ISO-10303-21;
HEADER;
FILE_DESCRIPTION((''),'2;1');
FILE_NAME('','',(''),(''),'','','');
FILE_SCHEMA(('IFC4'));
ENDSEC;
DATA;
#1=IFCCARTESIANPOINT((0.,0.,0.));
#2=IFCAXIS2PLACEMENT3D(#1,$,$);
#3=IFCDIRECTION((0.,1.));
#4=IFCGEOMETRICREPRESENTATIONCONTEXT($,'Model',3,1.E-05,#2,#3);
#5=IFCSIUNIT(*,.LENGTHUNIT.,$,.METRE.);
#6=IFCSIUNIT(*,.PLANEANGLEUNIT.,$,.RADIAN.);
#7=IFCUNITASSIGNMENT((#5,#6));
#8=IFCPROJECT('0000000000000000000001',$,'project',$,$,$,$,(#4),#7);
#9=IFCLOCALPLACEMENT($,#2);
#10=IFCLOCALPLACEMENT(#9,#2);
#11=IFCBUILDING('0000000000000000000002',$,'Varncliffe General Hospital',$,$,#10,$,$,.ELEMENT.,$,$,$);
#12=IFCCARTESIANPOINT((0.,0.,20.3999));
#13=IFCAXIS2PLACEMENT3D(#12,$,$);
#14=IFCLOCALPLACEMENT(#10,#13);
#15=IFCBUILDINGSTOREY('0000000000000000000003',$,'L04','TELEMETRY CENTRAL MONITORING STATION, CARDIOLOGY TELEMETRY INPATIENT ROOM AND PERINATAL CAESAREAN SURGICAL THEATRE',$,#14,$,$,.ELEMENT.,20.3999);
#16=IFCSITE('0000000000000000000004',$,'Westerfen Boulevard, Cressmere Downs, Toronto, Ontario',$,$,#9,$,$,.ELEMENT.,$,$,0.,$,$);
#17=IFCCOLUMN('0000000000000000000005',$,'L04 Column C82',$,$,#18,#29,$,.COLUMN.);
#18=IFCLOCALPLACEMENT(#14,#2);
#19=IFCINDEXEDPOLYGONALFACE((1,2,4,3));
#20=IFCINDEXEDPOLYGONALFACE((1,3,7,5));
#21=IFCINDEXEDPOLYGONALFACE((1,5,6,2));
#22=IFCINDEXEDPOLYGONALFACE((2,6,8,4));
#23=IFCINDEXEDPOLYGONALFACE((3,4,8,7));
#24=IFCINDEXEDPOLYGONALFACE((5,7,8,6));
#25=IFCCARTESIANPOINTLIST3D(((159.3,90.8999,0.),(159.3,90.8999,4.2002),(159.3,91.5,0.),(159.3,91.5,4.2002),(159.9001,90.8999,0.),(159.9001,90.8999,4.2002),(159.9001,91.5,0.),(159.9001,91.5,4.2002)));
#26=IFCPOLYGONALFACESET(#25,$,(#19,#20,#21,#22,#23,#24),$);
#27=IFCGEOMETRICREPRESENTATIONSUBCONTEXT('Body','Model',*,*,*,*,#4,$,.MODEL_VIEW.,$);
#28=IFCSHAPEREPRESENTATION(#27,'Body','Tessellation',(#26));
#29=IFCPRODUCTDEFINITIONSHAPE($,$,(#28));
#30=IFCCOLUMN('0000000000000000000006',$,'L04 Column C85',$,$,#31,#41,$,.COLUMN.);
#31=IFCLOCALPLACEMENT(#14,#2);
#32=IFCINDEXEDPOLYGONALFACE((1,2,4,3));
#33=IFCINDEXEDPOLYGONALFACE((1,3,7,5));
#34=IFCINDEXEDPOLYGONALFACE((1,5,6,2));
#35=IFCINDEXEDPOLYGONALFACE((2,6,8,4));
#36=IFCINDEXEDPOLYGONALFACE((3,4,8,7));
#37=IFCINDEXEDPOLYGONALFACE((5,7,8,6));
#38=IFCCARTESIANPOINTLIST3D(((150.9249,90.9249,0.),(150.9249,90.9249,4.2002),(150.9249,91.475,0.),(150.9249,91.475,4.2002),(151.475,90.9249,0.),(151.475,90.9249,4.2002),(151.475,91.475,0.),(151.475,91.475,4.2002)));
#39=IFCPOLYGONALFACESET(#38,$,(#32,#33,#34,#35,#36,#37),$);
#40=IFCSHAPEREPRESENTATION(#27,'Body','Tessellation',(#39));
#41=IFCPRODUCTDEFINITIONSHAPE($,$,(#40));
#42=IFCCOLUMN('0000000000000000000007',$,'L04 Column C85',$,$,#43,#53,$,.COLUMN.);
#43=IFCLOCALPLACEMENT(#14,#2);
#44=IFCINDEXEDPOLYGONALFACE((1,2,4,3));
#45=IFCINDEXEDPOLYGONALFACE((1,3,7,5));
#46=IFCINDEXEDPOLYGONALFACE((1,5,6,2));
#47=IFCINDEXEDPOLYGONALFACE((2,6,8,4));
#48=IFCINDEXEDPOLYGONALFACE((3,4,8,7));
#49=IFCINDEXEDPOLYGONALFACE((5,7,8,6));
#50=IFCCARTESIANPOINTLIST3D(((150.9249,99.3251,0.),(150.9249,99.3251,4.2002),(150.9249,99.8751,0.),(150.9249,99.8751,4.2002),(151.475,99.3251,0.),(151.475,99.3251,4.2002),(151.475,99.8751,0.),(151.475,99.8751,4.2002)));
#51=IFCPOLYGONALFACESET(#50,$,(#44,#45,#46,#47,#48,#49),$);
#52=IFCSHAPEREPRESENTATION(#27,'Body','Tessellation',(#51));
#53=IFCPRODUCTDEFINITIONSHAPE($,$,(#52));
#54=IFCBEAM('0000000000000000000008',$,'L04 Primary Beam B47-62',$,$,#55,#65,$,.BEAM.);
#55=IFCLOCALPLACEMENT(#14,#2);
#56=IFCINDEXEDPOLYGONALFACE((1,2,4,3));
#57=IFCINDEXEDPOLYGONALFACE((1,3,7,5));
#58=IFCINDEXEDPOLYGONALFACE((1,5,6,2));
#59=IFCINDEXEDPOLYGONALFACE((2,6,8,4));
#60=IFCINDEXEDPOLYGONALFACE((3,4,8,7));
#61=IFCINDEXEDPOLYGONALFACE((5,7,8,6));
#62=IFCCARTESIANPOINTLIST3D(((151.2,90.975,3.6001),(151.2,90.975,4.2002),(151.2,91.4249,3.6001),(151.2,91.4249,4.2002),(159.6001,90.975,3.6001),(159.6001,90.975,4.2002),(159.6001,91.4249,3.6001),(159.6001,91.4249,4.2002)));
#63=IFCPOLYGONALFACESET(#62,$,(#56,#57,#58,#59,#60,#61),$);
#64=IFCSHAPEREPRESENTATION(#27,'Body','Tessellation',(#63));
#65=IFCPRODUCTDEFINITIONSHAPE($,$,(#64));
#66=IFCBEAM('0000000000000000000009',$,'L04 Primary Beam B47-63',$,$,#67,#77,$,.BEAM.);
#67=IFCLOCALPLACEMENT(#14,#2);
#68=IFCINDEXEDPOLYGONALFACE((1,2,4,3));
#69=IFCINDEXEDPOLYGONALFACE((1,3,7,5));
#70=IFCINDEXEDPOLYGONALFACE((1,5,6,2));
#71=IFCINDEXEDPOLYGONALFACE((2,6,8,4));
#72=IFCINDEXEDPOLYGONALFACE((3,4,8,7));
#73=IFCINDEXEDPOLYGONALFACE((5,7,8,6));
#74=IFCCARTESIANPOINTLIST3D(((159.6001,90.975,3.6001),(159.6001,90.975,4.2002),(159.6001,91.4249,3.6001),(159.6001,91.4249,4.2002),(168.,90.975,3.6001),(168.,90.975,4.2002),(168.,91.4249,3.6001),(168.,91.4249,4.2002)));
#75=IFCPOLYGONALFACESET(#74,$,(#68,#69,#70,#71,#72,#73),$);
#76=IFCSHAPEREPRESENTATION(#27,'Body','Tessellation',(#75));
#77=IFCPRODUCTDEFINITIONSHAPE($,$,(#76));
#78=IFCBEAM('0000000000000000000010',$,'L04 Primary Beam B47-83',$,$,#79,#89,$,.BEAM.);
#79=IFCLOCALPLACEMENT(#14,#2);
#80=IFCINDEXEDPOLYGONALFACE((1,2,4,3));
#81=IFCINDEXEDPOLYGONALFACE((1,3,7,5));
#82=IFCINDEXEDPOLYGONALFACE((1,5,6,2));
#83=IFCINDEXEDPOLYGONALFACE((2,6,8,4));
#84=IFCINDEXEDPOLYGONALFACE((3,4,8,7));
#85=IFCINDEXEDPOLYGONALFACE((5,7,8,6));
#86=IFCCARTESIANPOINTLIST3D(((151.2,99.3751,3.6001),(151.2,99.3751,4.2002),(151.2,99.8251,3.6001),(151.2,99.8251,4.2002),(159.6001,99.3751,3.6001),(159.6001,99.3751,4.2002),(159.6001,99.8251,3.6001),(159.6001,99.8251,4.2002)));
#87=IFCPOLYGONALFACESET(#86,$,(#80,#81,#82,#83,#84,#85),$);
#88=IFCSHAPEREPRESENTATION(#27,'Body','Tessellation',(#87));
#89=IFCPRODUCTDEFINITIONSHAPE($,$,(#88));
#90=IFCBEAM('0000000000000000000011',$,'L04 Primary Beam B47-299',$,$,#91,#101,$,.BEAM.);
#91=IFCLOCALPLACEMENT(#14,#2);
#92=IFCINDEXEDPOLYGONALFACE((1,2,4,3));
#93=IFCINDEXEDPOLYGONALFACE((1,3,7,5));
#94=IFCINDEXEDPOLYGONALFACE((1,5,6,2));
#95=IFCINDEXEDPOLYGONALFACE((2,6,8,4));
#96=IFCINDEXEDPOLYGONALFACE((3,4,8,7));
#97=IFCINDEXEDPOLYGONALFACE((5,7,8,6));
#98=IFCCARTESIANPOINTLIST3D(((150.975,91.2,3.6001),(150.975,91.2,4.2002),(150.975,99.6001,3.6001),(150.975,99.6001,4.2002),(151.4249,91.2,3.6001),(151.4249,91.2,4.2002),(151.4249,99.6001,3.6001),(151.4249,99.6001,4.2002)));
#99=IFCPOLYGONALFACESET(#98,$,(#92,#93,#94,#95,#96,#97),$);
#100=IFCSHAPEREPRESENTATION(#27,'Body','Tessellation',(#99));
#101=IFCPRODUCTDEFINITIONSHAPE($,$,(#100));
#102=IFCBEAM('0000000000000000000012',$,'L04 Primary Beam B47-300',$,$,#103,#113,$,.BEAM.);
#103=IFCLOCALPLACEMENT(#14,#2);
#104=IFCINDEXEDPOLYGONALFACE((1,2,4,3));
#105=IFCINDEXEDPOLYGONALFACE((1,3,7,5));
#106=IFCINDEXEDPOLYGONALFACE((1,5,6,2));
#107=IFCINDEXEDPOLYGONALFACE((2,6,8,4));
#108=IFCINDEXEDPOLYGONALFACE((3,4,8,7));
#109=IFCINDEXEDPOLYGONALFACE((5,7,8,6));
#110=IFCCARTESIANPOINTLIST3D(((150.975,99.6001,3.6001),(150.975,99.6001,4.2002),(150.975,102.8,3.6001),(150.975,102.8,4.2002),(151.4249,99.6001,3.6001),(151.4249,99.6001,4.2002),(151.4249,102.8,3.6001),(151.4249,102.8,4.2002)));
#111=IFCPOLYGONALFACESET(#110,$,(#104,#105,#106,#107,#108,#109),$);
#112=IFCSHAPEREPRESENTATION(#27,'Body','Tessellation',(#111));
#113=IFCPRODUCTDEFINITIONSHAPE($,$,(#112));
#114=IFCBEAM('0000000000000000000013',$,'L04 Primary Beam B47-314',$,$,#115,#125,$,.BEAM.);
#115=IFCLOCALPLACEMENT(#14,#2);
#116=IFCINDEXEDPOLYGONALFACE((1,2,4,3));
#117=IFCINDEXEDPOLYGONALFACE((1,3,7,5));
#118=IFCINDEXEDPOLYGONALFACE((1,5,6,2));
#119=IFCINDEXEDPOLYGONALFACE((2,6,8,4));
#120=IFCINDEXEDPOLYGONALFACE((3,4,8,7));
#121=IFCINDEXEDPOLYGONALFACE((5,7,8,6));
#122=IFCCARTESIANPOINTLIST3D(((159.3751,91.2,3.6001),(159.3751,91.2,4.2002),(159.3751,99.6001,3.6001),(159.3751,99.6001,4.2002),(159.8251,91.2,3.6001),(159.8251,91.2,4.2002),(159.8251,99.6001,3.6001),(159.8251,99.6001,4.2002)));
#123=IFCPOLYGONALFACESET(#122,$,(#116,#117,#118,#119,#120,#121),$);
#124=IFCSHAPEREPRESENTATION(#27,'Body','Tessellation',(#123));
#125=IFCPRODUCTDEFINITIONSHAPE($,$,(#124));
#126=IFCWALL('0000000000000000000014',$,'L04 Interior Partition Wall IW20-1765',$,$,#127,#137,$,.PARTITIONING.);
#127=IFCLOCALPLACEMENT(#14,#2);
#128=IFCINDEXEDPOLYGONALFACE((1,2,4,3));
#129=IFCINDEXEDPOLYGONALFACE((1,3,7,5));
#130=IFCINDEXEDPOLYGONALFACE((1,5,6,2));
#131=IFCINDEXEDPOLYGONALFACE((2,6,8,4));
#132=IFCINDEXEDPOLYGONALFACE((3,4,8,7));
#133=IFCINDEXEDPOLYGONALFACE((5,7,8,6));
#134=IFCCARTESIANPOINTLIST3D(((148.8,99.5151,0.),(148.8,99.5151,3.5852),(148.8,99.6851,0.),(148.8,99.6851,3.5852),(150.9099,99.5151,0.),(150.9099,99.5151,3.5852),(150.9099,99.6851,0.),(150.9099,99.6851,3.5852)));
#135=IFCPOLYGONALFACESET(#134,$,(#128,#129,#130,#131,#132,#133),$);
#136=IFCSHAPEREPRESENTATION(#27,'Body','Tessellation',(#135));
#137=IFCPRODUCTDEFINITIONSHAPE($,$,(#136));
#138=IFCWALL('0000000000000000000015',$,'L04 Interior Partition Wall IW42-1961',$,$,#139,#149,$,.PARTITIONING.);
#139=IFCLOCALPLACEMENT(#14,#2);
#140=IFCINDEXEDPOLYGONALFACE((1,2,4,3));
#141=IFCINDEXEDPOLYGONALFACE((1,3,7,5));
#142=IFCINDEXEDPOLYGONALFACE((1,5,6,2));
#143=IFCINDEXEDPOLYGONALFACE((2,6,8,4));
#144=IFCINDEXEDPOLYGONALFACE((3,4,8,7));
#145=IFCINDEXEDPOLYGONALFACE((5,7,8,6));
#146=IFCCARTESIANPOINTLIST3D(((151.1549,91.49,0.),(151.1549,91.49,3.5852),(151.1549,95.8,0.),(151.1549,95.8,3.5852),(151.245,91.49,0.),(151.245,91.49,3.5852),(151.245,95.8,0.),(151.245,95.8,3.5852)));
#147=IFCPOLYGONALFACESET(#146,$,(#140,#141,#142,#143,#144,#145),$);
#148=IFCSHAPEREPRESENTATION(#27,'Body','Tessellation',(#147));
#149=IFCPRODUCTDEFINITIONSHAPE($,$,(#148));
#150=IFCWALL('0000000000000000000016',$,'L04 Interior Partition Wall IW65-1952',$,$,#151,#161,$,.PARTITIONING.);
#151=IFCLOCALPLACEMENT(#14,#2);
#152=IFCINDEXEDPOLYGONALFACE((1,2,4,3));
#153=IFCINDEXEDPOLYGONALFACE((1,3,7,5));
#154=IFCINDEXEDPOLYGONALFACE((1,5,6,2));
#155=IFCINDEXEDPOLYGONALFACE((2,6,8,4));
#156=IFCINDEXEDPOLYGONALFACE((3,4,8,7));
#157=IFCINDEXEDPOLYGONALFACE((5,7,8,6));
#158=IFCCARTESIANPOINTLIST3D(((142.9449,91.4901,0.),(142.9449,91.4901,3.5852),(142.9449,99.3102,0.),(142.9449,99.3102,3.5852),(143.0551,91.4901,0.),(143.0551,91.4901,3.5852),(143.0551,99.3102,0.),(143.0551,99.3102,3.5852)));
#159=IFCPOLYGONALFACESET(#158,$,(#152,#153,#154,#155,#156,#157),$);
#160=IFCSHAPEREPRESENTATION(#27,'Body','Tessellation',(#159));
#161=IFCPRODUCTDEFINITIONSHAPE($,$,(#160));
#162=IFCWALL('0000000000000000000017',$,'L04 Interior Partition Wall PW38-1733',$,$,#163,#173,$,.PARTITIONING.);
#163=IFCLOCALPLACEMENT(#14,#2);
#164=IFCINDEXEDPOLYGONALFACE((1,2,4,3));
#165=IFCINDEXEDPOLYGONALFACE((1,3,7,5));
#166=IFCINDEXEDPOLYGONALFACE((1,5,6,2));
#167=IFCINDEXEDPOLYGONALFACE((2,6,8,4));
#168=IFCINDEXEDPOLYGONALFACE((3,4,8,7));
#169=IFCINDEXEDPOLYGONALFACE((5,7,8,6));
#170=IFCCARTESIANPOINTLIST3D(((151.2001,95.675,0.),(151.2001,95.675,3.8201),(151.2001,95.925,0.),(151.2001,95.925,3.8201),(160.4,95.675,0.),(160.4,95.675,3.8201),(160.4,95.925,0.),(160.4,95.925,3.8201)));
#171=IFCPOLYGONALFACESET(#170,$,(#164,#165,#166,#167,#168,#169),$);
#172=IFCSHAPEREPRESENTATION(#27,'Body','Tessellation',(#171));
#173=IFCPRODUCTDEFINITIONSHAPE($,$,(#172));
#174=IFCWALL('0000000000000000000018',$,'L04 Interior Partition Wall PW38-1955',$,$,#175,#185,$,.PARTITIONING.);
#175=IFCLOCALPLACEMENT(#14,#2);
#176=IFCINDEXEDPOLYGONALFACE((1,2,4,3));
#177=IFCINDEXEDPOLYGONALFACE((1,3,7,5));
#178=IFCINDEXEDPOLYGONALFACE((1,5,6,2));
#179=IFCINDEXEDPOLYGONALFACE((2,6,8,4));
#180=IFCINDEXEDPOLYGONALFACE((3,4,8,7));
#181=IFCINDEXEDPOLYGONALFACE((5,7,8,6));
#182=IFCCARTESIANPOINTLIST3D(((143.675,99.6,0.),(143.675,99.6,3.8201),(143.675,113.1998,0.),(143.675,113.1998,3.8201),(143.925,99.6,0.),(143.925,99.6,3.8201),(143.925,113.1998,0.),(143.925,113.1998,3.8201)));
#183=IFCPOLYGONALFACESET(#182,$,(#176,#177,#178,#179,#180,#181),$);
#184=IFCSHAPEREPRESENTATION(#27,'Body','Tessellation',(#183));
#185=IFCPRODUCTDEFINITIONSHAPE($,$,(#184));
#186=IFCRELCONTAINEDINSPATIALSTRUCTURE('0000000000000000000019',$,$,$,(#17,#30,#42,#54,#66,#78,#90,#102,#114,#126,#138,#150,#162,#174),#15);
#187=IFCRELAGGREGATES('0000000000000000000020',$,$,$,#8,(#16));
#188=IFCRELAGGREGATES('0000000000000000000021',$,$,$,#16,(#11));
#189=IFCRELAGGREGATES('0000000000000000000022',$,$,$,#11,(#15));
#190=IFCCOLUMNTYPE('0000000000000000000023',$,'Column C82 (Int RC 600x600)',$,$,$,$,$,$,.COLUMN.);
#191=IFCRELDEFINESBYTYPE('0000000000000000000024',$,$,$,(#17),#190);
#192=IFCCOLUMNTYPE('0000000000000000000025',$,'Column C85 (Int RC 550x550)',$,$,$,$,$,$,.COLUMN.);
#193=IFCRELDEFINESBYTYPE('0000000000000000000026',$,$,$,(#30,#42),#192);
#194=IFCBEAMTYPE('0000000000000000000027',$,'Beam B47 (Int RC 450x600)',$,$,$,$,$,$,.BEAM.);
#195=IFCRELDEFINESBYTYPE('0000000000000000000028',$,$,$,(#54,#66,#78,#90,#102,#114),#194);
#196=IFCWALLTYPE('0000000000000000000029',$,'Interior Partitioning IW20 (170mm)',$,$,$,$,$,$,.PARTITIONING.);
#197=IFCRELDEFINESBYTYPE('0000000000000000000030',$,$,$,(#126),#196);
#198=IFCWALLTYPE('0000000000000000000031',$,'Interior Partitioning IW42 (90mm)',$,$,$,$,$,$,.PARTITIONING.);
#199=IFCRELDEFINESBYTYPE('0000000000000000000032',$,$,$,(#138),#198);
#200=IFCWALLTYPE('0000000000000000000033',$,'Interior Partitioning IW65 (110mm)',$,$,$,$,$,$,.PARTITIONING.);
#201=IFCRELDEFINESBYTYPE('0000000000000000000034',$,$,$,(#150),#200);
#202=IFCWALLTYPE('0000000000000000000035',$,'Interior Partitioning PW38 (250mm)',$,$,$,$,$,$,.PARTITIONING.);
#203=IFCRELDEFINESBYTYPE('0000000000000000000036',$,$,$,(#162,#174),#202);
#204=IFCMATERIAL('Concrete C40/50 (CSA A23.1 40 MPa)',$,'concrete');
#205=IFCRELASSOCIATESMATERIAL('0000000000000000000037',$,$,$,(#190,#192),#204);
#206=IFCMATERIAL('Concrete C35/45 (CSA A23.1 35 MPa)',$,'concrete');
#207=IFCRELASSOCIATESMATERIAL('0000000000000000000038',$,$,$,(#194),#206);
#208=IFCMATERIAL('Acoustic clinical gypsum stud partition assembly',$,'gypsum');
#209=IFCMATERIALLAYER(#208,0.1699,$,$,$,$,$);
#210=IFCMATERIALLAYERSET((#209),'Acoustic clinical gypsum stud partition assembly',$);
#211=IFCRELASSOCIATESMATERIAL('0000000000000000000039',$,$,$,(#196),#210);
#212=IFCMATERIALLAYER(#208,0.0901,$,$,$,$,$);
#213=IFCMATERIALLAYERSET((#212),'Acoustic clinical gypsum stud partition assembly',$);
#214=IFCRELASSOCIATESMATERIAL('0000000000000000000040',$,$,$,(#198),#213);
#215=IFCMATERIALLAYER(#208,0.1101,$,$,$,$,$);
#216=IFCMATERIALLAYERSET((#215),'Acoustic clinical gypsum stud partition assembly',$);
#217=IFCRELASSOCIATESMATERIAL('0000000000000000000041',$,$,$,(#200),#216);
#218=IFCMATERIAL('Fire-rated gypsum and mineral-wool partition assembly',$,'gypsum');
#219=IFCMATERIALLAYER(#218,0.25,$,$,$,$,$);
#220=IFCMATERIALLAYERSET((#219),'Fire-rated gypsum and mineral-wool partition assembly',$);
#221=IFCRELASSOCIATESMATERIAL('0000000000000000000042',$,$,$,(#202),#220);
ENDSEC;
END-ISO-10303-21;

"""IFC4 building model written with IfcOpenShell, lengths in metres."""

from ifc_helpers import new_model, si_unit, direction, frame, frame_2d, origin, origin_2d, place, context, subcontext, project, spatial, rectangle, extrude, material, layer, layer_set, material_profile, profile_set, type_object, element, save


model = new_model("IFC4")

# Units and contexts
model_context = context("Model", 3, precision=1e-05, world=origin(), true_north=direction((0.0, 1.0)))
body_context = subcontext(model_context, "Body", "Model", "MODEL_VIEW")
ifc_project = project(units=[si_unit("LENGTHUNIT", "METRE"), si_unit("PLANEANGLEUNIT", "RADIAN")], contexts=[model_context])

# Site, building, storey
site_placement = place(None, origin())
site = spatial("IfcSite", under=ifc_project, at=site_placement, Name="Westerfen Boulevard, Cressmere Downs, Toronto, Ontario", CompositionType="ELEMENT", RefElevation=0.0)
building_placement = place(site_placement, origin())
building = spatial("IfcBuilding", under=site, at=building_placement, Name="Varncliffe General Hospital", CompositionType="ELEMENT")
storey_placement = place(building_placement, frame((0.0, 0.0, 20.3999)))
storey = spatial("IfcBuildingStorey", under=building, at=storey_placement, Name="L04", Description="TELEMETRY CENTRAL MONITORING STATION, CARDIOLOGY TELEMETRY INPATIENT ROOM AND PERINATAL CAESAREAN SURGICAL THEATRE", CompositionType="ELEMENT", Elevation=20.3999)

# Columns
ifc_material_1 = material(Name="Concrete C40/50 (CSA A23.1 40 MPa)", Category="concrete")
ifc_material_profile_1 = material_profile(ifc_material_1, rectangle(XDim=0.6001, YDim=0.6001, at=origin_2d()), Name="RC 600x600")
ifc_profile_set_1 = profile_set([ifc_material_profile_1], Name="Concrete C40/50 (CSA A23.1 40 MPa)")
column_type_1 = type_object("IfcColumnType", Name="Column C82 (Int RC 600x600)", PredefinedType="COLUMN", material=ifc_profile_set_1)
column_placement = place(storey_placement, frame((159.6001, 91.2, 0.0), z_axis=(0.0, 0.0, 1.0), x_axis=(1.0, 0.0, 0.0)))
element("IfcColumn", 1, at=column_placement, inside=storey, type_object=column_type_1, Name="L04 Column C82", PredefinedType="COLUMN", context=body_context, shape_type="SweptSolid", body=[
    extrude(rectangle(XDim=0.6001, YDim=0.6001, at=origin_2d()), origin(), (0.0, 0.0, 1.0), 4.2002),
])
ifc_material_profile_2 = material_profile(ifc_material_1, rectangle(XDim=0.55, YDim=0.55, at=origin_2d()), Name="RC 550x550")
ifc_profile_set_2 = profile_set([ifc_material_profile_2], Name="Concrete C40/50 (CSA A23.1 40 MPa)")
column_type_2 = type_object("IfcColumnType", Name="Column C85 (Int RC 550x550)", PredefinedType="COLUMN", material=ifc_profile_set_2)
for number, where, z_axis, x_axis, name in (
    (2, (151.2, 91.2, 0.0), (0.0, 0.0, 1.0), (1.0, 0.0, 0.0), "L04 Column C85"),
    (3, (151.2, 99.6001, 0.0), (0.0, 0.0, 1.0), (1.0, 0.0, 0.0), "L04 Column C85"),
):
    element("IfcColumn", number, at=place(storey_placement, frame(where, z_axis=z_axis, x_axis=x_axis)), inside=storey, type_object=column_type_2, Name=name, PredefinedType="COLUMN", context=body_context, shape_type="SweptSolid", body=[
        extrude(rectangle(XDim=0.55, YDim=0.55, at=origin_2d()), origin(), (0.0, 0.0, 1.0), 4.2002),
    ])

# Beams
ifc_material_2 = material(Name="Concrete C35/45 (CSA A23.1 35 MPa)", Category="concrete")
ifc_material_profile_3 = material_profile(ifc_material_2, rectangle(XDim=0.45, YDim=0.6001, at=origin_2d()), Name="RC 450x600")
ifc_profile_set_3 = profile_set([ifc_material_profile_3], Name="Concrete C35/45 (CSA A23.1 35 MPa)")
beam_type = type_object("IfcBeamType", Name="Beam B47 (Int RC 450x600)", PredefinedType="BEAM", material=ifc_profile_set_3)
beam_1_placement = place(storey_placement, frame((151.2, 91.2, 3.9001), z_axis=(1.0, 0.0, 0.0), x_axis=(0.0, 1.0, 0.0)))
element("IfcBeam", 4, at=beam_1_placement, inside=storey, type_object=beam_type, Name="L04 Primary Beam B47-62", PredefinedType="BEAM", context=body_context, shape_type="SweptSolid", body=[
    extrude(rectangle(XDim=0.45, YDim=0.6001, at=origin_2d()), origin(), (0.0, 0.0, 1.0), 8.4001),
])
beam_2_placement = place(storey_placement, frame((159.6001, 91.2, 3.9001), z_axis=(1.0, 0.0, 0.0), x_axis=(0.0, 1.0, 0.0)))
element("IfcBeam", 5, at=beam_2_placement, inside=storey, type_object=beam_type, Name="L04 Primary Beam B47-63", PredefinedType="BEAM", context=body_context, shape_type="SweptSolid", body=[
    extrude(rectangle(XDim=0.45, YDim=0.6001, at=origin_2d()), origin(), (0.0, 0.0, 1.0), 8.3999),
])
for number, where, z_axis, x_axis, name in (
    (6, (151.2, 99.6001, 3.9001), (1.0, 0.0, 0.0), (0.0, 1.0, 0.0), "L04 Primary Beam B47-83"),
    (7, (151.2, 91.2, 3.9001), (0.0, 1.0, 0.0), (-1.0, 0.0, 0.0), "L04 Primary Beam B47-299"),
):
    element("IfcBeam", number, at=place(storey_placement, frame(where, z_axis=z_axis, x_axis=x_axis)), inside=storey, type_object=beam_type, Name=name, PredefinedType="BEAM", context=body_context, shape_type="SweptSolid", body=[
        extrude(rectangle(XDim=0.45, YDim=0.6001, at=origin_2d()), origin(), (0.0, 0.0, 1.0), 8.4001),
    ])
beam_3_placement = place(storey_placement, frame((151.2, 99.6001, 3.9001), z_axis=(0.0, 1.0, 0.0), x_axis=(-1.0, 0.0, 0.0)))
element("IfcBeam", 8, at=beam_3_placement, inside=storey, type_object=beam_type, Name="L04 Primary Beam B47-300", PredefinedType="BEAM", context=body_context, shape_type="SweptSolid", body=[
    extrude(rectangle(XDim=0.45, YDim=0.6001, at=origin_2d()), origin(), (0.0, 0.0, 1.0), 3.2),
])
beam_4_placement = place(storey_placement, frame((159.6001, 91.2, 3.9001), z_axis=(0.0, 1.0, 0.0), x_axis=(-1.0, 0.0, 0.0)))
element("IfcBeam", 9, at=beam_4_placement, inside=storey, type_object=beam_type, Name="L04 Primary Beam B47-314", PredefinedType="BEAM", context=body_context, shape_type="SweptSolid", body=[
    extrude(rectangle(XDim=0.45, YDim=0.6001, at=origin_2d()), origin(), (0.0, 0.0, 1.0), 8.4001),
])

# Walls
ifc_material_3 = material(Name="Acoustic clinical gypsum stud partition assembly", Category="gypsum")
ifc_layer_1 = layer(ifc_material_3, 0.1699)
ifc_layer_set_1 = layer_set([ifc_layer_1], Name="Acoustic clinical gypsum stud partition assembly")
wall_type_1 = type_object("IfcWallType", Name="Interior Partitioning IW20 (170mm)", PredefinedType="PARTITIONING", material=ifc_layer_set_1)
wall_1_placement = place(storey_placement, frame((148.8, 99.6001, 0.0), z_axis=(0.0, 0.0, 1.0), x_axis=(1.0, 0.0, 0.0)))
element("IfcWall", 10, at=wall_1_placement, inside=storey, type_object=wall_type_1, Name="L04 Interior Partition Wall IW20-1765", PredefinedType="PARTITIONING", context=body_context, shape_type="SweptSolid", body=[
    extrude(rectangle(XDim=2.1099, YDim=0.1699, at=frame_2d((1.0549, 0.0))), origin(), (0.0, 0.0, 1.0), 3.5852),
])
ifc_layer_2 = layer(ifc_material_3, 0.0901)
ifc_layer_set_2 = layer_set([ifc_layer_2], Name="Acoustic clinical gypsum stud partition assembly")
wall_type_2 = type_object("IfcWallType", Name="Interior Partitioning IW42 (90mm)", PredefinedType="PARTITIONING", material=ifc_layer_set_2)
wall_2_placement = place(storey_placement, frame((151.2, 91.49, 0.0), z_axis=(0.0, 0.0, 1.0), x_axis=(0.0, 1.0, 0.0)))
element("IfcWall", 11, at=wall_2_placement, inside=storey, type_object=wall_type_2, Name="L04 Interior Partition Wall IW42-1961", PredefinedType="PARTITIONING", context=body_context, shape_type="SweptSolid", body=[
    extrude(rectangle(XDim=4.3101, YDim=0.0901, at=frame_2d((2.155, 0.0))), origin(), (0.0, 0.0, 1.0), 3.5852),
])
ifc_layer_3 = layer(ifc_material_3, 0.1101)
ifc_layer_set_3 = layer_set([ifc_layer_3], Name="Acoustic clinical gypsum stud partition assembly")
wall_type_3 = type_object("IfcWallType", Name="Interior Partitioning IW65 (110mm)", PredefinedType="PARTITIONING", material=ifc_layer_set_3)
wall_3_placement = place(storey_placement, frame((143.0, 91.49, 0.0), z_axis=(0.0, 0.0, 1.0), x_axis=(0.0, 1.0, 0.0)))
element("IfcWall", 12, at=wall_3_placement, inside=storey, type_object=wall_type_3, Name="L04 Interior Partition Wall IW65-1952", PredefinedType="PARTITIONING", context=body_context, shape_type="SweptSolid", body=[
    extrude(rectangle(XDim=7.8201, YDim=0.1101, at=frame_2d((3.9102, 0.0))), origin(), (0.0, 0.0, 1.0), 3.5852),
])
ifc_material_4 = material(Name="Fire-rated gypsum and mineral-wool partition assembly", Category="gypsum")
ifc_layer_4 = layer(ifc_material_4, 0.25)
ifc_layer_set_4 = layer_set([ifc_layer_4], Name="Fire-rated gypsum and mineral-wool partition assembly")
wall_type_4 = type_object("IfcWallType", Name="Interior Partitioning PW38 (250mm)", PredefinedType="PARTITIONING", material=ifc_layer_set_4)
wall_4_placement = place(storey_placement, frame((151.2, 95.8, 0.0), z_axis=(0.0, 0.0, 1.0), x_axis=(1.0, 0.0, 0.0)))
element("IfcWall", 13, at=wall_4_placement, inside=storey, type_object=wall_type_4, Name="L04 Interior Partition Wall PW38-1733", PredefinedType="PARTITIONING", context=body_context, shape_type="SweptSolid", body=[
    extrude(rectangle(XDim=9.2, YDim=0.25, at=frame_2d((4.6001, 0.0))), origin(), (0.0, 0.0, 1.0), 3.8201),
])
for number, where, z_axis, x_axis, name in (
    (14, (143.8, 99.6001, 0.0), (0.0, 0.0, 1.0), (0.0, 1.0, 0.0), "L04 Interior Partition Wall PW38-1955"),
):
    element("IfcWall", number, at=place(storey_placement, frame(where, z_axis=z_axis, x_axis=x_axis)), inside=storey, type_object=wall_type_4, Name=name, PredefinedType="PARTITIONING", context=body_context, shape_type="SweptSolid", body=[
        extrude(rectangle(XDim=13.5999, YDim=0.25, at=frame_2d((6.7998, 0.0))), origin(), (0.0, 0.0, 1.0), 3.8201),
    ])

save(model, "model.ifc")
